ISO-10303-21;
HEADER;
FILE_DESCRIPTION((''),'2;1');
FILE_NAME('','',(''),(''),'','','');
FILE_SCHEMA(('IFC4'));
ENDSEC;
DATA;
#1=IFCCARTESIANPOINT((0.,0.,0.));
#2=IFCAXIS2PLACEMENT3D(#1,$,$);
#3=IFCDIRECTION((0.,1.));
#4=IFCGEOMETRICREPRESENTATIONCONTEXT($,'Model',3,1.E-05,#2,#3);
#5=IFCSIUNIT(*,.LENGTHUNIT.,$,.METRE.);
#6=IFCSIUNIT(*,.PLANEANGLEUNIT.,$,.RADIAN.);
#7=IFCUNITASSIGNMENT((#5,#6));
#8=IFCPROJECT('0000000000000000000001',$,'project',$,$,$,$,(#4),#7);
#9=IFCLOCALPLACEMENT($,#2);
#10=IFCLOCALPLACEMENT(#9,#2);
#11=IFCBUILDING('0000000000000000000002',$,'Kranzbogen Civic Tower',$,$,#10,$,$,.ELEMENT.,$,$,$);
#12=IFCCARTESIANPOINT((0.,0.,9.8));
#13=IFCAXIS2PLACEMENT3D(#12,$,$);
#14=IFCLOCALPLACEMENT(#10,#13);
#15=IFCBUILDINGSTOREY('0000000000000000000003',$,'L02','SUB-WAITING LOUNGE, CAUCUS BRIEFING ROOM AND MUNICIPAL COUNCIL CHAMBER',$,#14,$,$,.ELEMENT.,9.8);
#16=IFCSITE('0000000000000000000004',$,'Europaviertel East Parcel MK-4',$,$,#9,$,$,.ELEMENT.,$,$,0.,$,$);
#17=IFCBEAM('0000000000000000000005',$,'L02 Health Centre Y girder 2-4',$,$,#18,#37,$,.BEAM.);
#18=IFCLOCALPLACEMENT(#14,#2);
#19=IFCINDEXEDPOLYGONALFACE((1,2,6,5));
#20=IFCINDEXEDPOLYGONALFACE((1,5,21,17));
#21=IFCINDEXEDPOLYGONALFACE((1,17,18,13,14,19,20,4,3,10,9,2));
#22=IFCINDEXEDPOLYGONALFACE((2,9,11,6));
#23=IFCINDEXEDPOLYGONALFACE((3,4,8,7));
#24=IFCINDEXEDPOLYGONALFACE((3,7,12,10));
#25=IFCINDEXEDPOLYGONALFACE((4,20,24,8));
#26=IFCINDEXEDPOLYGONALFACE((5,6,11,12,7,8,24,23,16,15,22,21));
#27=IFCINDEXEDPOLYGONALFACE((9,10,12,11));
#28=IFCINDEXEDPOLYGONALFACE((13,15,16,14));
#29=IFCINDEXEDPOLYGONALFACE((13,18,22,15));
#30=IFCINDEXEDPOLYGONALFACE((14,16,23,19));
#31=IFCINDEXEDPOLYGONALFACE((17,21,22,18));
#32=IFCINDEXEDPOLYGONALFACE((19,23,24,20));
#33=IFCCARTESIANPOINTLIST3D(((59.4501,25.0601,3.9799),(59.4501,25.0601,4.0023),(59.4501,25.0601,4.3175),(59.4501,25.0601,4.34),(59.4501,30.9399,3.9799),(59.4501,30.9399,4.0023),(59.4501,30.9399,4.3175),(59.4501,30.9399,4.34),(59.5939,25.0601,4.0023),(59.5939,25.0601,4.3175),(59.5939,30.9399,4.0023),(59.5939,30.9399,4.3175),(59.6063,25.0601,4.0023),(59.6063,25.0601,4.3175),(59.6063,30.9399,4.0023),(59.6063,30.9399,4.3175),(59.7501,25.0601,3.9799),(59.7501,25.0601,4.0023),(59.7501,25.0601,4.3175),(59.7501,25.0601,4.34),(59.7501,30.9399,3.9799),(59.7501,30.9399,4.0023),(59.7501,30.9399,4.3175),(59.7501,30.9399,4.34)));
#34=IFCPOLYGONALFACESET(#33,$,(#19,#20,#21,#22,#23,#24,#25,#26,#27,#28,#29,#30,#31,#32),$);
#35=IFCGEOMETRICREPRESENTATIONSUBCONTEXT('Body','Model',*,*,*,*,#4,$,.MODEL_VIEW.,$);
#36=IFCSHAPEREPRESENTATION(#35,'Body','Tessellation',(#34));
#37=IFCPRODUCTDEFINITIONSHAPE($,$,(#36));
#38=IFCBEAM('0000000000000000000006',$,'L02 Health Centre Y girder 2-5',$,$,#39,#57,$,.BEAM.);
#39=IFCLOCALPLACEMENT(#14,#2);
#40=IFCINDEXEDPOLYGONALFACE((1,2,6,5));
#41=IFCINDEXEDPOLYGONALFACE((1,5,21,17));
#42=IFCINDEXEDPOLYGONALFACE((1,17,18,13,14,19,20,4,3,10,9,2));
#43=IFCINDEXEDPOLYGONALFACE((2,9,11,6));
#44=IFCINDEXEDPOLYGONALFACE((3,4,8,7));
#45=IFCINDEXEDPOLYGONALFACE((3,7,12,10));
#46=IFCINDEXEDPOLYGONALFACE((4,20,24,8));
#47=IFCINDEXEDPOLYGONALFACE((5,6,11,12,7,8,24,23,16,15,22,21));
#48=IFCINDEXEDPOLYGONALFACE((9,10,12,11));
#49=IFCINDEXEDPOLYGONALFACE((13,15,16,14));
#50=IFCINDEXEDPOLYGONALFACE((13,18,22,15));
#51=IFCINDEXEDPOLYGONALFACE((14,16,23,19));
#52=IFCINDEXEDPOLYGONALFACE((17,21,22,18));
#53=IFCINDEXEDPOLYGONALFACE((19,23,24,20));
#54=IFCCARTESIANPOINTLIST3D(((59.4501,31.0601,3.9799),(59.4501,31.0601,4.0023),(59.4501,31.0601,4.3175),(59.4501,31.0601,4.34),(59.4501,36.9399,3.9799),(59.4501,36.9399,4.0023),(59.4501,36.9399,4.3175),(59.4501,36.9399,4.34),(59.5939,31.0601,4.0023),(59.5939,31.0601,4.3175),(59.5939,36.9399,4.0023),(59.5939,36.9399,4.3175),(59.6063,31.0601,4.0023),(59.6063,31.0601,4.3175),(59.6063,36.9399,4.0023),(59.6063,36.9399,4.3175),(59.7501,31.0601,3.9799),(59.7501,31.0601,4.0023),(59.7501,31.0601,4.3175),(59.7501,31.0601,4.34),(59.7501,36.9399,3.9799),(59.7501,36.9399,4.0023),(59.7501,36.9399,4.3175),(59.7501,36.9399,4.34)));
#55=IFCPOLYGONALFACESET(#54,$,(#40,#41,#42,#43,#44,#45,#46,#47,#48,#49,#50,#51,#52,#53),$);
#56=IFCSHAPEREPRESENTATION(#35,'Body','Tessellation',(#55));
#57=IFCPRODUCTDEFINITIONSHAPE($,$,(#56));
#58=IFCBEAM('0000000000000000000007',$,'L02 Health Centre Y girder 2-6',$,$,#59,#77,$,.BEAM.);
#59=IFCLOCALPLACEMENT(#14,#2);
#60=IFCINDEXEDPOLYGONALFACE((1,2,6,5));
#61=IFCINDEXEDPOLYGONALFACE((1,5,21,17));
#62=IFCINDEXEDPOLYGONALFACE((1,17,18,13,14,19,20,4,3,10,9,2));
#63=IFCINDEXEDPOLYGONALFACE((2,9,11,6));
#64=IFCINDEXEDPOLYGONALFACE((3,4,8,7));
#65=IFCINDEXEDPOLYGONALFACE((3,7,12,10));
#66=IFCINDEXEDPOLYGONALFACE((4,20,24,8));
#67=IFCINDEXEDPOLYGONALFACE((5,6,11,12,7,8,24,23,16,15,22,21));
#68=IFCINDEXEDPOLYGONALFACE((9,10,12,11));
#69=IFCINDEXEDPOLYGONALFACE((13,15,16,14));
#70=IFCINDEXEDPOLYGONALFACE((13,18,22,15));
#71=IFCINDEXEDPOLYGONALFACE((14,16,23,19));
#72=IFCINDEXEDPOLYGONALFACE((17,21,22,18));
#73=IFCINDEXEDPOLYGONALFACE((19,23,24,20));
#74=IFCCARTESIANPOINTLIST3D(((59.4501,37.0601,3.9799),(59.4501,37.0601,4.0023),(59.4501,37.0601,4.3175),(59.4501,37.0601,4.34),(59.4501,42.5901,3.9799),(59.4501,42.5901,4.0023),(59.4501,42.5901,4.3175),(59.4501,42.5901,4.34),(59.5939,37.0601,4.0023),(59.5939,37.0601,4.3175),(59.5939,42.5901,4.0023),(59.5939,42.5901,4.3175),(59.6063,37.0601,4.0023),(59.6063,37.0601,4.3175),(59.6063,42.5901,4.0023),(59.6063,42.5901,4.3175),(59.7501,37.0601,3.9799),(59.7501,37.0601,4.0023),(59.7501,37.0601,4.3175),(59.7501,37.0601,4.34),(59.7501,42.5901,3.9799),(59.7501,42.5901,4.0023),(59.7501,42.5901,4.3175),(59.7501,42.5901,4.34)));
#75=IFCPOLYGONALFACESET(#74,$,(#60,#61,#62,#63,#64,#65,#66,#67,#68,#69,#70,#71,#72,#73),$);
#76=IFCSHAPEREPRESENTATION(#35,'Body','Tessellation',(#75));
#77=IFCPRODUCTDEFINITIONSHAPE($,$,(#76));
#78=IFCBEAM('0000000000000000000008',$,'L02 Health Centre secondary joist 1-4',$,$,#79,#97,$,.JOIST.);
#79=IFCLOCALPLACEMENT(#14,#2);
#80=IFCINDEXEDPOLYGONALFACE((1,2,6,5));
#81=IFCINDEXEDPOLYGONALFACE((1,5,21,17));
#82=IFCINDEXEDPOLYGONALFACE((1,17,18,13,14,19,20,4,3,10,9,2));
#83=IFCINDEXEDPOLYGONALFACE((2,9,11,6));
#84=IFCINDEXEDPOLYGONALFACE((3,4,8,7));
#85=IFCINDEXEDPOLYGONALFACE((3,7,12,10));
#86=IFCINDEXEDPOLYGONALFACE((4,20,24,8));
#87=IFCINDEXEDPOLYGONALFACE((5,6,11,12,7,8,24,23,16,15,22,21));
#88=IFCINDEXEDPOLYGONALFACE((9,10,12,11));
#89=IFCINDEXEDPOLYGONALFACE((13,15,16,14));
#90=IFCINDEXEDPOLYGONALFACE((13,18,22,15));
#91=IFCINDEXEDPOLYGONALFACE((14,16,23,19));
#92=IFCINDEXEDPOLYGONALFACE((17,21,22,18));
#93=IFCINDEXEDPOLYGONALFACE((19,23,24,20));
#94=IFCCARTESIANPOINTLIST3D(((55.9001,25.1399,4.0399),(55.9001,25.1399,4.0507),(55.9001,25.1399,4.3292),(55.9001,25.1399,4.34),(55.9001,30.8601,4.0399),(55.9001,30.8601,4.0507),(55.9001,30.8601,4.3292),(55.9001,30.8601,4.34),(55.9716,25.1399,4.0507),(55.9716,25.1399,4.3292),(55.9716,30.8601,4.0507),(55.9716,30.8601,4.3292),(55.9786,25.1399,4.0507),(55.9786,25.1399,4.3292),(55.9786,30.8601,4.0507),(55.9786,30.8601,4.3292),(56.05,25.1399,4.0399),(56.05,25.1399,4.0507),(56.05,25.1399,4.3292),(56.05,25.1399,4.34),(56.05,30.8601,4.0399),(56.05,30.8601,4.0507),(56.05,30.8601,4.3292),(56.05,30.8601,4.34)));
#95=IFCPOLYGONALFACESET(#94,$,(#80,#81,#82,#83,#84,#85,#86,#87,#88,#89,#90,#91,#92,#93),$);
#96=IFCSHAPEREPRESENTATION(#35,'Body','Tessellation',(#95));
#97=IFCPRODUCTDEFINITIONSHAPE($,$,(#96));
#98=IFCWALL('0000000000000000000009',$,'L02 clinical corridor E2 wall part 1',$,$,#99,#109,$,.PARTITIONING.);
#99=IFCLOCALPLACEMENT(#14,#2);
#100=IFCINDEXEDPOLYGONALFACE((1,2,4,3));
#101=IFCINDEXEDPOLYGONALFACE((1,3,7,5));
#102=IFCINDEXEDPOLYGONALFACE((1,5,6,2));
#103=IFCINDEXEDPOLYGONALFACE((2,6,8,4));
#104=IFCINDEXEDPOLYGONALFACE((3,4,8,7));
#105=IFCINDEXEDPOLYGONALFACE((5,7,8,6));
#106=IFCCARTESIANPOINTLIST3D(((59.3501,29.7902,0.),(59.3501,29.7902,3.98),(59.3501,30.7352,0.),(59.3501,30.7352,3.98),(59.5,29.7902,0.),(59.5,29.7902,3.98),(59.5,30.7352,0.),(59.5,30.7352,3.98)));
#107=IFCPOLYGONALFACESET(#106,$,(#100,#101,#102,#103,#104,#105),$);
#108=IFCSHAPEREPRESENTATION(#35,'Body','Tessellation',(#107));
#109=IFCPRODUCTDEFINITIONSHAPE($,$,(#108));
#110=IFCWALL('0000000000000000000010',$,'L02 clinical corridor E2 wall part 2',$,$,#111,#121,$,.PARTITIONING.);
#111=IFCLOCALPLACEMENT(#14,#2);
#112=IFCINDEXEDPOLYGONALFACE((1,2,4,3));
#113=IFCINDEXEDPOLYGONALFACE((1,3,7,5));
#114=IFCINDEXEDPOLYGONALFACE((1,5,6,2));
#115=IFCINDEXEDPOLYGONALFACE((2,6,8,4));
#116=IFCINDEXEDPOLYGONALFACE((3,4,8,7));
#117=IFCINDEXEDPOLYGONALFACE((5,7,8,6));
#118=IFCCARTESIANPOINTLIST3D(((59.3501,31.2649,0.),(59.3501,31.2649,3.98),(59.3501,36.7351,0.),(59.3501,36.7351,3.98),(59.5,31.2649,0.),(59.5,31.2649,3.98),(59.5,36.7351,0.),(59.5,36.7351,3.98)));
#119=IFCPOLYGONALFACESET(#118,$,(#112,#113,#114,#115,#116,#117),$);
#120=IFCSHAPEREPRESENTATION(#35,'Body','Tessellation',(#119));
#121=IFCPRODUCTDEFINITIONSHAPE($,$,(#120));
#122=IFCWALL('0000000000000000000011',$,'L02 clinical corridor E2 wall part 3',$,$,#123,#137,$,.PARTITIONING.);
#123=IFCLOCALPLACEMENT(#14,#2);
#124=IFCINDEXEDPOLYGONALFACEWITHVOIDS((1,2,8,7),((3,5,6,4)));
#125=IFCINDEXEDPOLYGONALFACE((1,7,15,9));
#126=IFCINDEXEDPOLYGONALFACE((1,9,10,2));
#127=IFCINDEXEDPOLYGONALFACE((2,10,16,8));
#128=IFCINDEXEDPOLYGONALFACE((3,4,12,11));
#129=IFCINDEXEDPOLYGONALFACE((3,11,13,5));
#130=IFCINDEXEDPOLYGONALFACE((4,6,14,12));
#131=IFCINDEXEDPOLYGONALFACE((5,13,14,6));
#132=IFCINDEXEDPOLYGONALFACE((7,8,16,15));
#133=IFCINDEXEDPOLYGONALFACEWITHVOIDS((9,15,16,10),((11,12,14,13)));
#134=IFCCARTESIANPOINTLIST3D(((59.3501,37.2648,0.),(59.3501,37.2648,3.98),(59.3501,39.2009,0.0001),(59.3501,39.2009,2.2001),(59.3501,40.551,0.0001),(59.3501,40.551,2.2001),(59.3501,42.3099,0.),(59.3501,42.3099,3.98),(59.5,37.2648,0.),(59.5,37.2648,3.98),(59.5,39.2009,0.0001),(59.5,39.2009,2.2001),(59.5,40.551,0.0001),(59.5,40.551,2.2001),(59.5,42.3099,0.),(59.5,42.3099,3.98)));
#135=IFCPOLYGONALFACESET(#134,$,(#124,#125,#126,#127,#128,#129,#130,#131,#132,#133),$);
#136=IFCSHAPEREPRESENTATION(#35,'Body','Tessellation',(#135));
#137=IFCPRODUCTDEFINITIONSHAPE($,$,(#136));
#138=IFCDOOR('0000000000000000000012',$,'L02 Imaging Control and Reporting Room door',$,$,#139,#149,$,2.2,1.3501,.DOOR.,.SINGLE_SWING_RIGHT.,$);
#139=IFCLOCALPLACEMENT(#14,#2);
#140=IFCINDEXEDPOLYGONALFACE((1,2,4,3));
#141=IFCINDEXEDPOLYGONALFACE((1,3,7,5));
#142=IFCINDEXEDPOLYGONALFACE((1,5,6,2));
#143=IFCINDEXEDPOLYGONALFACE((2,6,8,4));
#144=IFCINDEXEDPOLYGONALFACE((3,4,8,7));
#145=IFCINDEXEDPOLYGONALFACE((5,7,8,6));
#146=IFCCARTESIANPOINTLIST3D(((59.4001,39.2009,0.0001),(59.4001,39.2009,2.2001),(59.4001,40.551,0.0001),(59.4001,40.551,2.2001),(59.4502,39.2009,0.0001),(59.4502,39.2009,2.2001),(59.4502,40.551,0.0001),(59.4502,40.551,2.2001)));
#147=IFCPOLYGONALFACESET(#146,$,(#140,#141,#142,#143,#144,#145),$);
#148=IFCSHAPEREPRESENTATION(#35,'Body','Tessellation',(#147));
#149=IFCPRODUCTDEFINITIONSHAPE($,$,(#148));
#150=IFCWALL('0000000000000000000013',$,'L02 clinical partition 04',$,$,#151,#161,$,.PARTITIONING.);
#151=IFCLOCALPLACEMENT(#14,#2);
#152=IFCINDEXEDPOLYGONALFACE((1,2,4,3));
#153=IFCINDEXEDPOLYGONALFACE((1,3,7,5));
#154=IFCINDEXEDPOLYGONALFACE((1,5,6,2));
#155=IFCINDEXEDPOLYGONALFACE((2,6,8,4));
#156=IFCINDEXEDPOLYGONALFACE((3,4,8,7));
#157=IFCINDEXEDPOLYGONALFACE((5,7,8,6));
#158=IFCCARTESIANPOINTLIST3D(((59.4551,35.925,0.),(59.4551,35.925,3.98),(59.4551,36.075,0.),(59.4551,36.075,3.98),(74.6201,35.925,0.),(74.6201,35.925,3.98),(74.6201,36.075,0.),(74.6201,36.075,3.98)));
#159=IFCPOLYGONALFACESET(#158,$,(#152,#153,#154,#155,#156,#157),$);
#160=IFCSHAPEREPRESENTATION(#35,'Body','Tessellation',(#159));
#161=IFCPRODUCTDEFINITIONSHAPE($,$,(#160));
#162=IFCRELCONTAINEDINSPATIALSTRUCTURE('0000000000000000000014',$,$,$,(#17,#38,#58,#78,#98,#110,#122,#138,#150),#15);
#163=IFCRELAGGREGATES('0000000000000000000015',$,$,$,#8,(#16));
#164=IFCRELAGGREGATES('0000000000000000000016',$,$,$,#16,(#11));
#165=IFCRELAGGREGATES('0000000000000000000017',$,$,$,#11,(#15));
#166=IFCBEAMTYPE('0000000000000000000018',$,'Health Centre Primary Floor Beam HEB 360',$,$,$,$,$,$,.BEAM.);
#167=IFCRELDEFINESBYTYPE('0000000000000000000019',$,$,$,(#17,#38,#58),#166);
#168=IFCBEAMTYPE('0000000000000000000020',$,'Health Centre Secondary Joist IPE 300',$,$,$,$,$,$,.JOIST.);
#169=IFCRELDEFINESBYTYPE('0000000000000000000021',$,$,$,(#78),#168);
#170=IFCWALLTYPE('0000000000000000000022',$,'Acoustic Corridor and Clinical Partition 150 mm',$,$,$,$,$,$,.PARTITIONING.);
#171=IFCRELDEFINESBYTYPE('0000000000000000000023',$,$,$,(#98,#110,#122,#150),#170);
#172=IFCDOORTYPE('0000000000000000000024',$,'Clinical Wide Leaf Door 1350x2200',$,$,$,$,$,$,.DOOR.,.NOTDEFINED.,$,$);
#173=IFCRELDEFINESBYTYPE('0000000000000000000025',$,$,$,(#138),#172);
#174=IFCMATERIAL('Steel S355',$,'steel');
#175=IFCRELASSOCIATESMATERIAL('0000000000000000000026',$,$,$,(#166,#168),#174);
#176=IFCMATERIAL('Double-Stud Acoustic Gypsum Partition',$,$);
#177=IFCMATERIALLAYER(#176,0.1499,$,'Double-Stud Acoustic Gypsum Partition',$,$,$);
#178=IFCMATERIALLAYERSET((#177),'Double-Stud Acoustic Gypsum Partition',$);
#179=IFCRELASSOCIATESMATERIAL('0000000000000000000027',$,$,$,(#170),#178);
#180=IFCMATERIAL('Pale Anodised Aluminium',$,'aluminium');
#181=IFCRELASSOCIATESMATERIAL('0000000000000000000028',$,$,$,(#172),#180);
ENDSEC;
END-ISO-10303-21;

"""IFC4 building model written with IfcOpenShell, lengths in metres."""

from ifc_helpers import new_model, si_unit, direction, frame, frame_2d, origin, origin_2d, place, context, subcontext, project, spatial, rectangle, i_section, extrude, material, layer, layer_set, material_profile, profile_set, type_object, element, fill, save


model = new_model("IFC4")

# Units and contexts
model_context = context("Model", 3, precision=1e-05, world=origin(), true_north=direction((0.0, 1.0)))
body_context = subcontext(model_context, "Body", "Model", "MODEL_VIEW")
ifc_project = project(units=[si_unit("LENGTHUNIT", "METRE"), si_unit("PLANEANGLEUNIT", "RADIAN")], contexts=[model_context])

# Site, building, storey
site_placement = place(None, origin())
site = spatial("IfcSite", under=ifc_project, at=site_placement, Name="Europaviertel East Parcel MK-4", CompositionType="ELEMENT", RefElevation=0.0)
building_placement = place(site_placement, origin())
building = spatial("IfcBuilding", under=site, at=building_placement, Name="Kranzbogen Civic Tower", CompositionType="ELEMENT")
storey_placement = place(building_placement, frame((0.0, 0.0, 9.8)))
storey = spatial("IfcBuildingStorey", under=building, at=storey_placement, Name="L02", Description="SUB-WAITING LOUNGE, CAUCUS BRIEFING ROOM AND MUNICIPAL COUNCIL CHAMBER", CompositionType="ELEMENT", Elevation=9.8)

# Shared definitions
ifc_material_1 = material(Name="Steel S355", Category="steel")

# Beams
ifc_material_profile_1 = material_profile(ifc_material_1, i_section(OverallWidth=0.3, OverallDepth=0.3601, WebThickness=0.0125, FlangeThickness=0.0225, at=origin_2d()), Name="HEB 360")
ifc_profile_set_1 = profile_set([ifc_material_profile_1], Name="Steel S355")
beam_type_1 = type_object("IfcBeamType", Name="Health Centre Primary Floor Beam HEB 360", PredefinedType="BEAM", material=ifc_profile_set_1)
for number, where, z_axis, x_axis, name in (
    (1, (59.6001, 25.0601, 4.1599), (0.0, 1.0, 0.0), (-1.0, 0.0, 0.0), "L02 Health Centre Y girder 2-4"),
    (2, (59.6001, 31.0601, 4.1599), (0.0, 1.0, 0.0), (-1.0, 0.0, 0.0), "L02 Health Centre Y girder 2-5"),
):
    element("IfcBeam", number, at=place(storey_placement, frame(where, z_axis=z_axis, x_axis=x_axis)), inside=storey, type_object=beam_type_1, Name=name, PredefinedType="BEAM", context=body_context, shape_type="SweptSolid", body=[
        extrude(i_section(OverallWidth=0.3, OverallDepth=0.3601, WebThickness=0.0125, FlangeThickness=0.0225, at=origin_2d()), origin(), (0.0, 0.0, 1.0), 5.8799),
    ])
beam_1_placement = place(storey_placement, frame((59.6001, 37.0601, 4.1599), z_axis=(0.0, 1.0, 0.0), x_axis=(-1.0, 0.0, 0.0)))
element("IfcBeam", 3, at=beam_1_placement, inside=storey, type_object=beam_type_1, Name="L02 Health Centre Y girder 2-6", PredefinedType="BEAM", context=body_context, shape_type="SweptSolid", body=[
    extrude(i_section(OverallWidth=0.3, OverallDepth=0.3601, WebThickness=0.0125, FlangeThickness=0.0225, at=origin_2d()), origin(), (0.0, 0.0, 1.0), 5.53),
])
ifc_material_profile_2 = material_profile(ifc_material_1, i_section(OverallWidth=0.1499, OverallDepth=0.3, WebThickness=0.0071, FlangeThickness=0.0107, at=origin_2d()), Name="IPE 300")
ifc_profile_set_2 = profile_set([ifc_material_profile_2], Name="Steel S355")
beam_type_2 = type_object("IfcBeamType", Name="Health Centre Secondary Joist IPE 300", PredefinedType="JOIST", material=ifc_profile_set_2)
beam_2_placement = place(storey_placement, frame((55.9751, 25.1399, 4.1899), z_axis=(0.0, 1.0, 0.0), x_axis=(-1.0, 0.0, 0.0)))
element("IfcBeam", 4, at=beam_2_placement, inside=storey, type_object=beam_type_2, Name="L02 Health Centre secondary joist 1-4", PredefinedType="JOIST", context=body_context, shape_type="SweptSolid", body=[
    extrude(i_section(OverallWidth=0.1499, OverallDepth=0.3, WebThickness=0.0071, FlangeThickness=0.0107, at=origin_2d()), origin(), (0.0, 0.0, 1.0), 5.7202),
])

# Walls
ifc_material_2 = material(Name="Double-Stud Acoustic Gypsum Partition")
ifc_layer_1 = layer(ifc_material_2, 0.1499, Name="Double-Stud Acoustic Gypsum Partition")
ifc_layer_set_1 = layer_set([ifc_layer_1], Name="Double-Stud Acoustic Gypsum Partition")
wall_type_1 = type_object("IfcWallType", Name="Acoustic Corridor and Clinical Partition 150 mm", PredefinedType="PARTITIONING", material=ifc_layer_set_1)
wall_1_placement = place(storey_placement, frame((59.425, 29.79, 0.0), z_axis=(0.0, 0.0, 1.0), x_axis=(0.0, 1.0, 0.0)))
element("IfcWall", 5, at=wall_1_placement, inside=storey, type_object=wall_type_1, Name="L02 clinical corridor E2 wall part 1", PredefinedType="PARTITIONING", context=body_context, shape_type="SweptSolid", body=[
    extrude(rectangle(XDim=0.9451, YDim=0.1499, at=frame_2d((0.4727, 0.0))), origin(), (0.0, 0.0, 1.0), 3.98),
])
wall_2_placement = place(storey_placement, frame((59.425, 31.2649, 0.0), z_axis=(0.0, 0.0, 1.0), x_axis=(0.0, 1.0, 0.0)))
element("IfcWall", 6, at=wall_2_placement, inside=storey, type_object=wall_type_1, Name="L02 clinical corridor E2 wall part 2", PredefinedType="PARTITIONING", context=body_context, shape_type="SweptSolid", body=[
    extrude(rectangle(XDim=5.4702, YDim=0.1499, at=frame_2d((2.7351, 0.0))), origin(), (0.0, 0.0, 1.0), 3.98),
])

# Wall, opening, door
wall_3_placement = place(storey_placement, frame((59.425, 37.2649, 0.0), z_axis=(0.0, 0.0, 1.0), x_axis=(0.0, 1.0, 0.0)))
wall_3 = element("IfcWall", 7, at=wall_3_placement, inside=storey, type_object=wall_type_1, Name="L02 clinical corridor E2 wall part 3", PredefinedType="PARTITIONING", context=body_context, shape_type="SweptSolid", body=[
    extrude(rectangle(XDim=5.0452, YDim=0.1499, at=frame_2d((2.5225, 0.0))), origin(), (0.0, 0.0, 1.0), 3.98),
])
opening_1_placement = place(wall_3_placement, frame((1.936, 0.0, 0.0)))
opening_1 = element("IfcOpeningElement", 8, at=opening_1_placement, cuts=wall_3, PredefinedType="OPENING", context=body_context, shape_type="SweptSolid", body=[
    extrude(rectangle(XDim=1.3501, YDim=2.2, at=frame_2d((0.675, 1.1001))), frame((0.0, 0.085, 0.0), z_axis=(0.0, -1.0, 0.0), x_axis=(1.0, 0.0, 0.0)), (0.0, 0.0, 1.0), 0.1699),
])
ifc_material_3 = material(Name="Pale Anodised Aluminium", Category="aluminium")
door_type_1 = type_object("IfcDoorType", Name="Clinical Wide Leaf Door 1350x2200", OperationType="NOTDEFINED", PredefinedType="DOOR", material=ifc_material_3)
door_1_placement = place(opening_1_placement, origin())
door_1 = element("IfcDoor", 9, at=door_1_placement, inside=storey, type_object=door_type_1, Name="L02 Imaging Control and Reporting Room door", OperationType="SINGLE_SWING_RIGHT", OverallHeight=2.2, OverallWidth=1.3501, PredefinedType="DOOR", context=body_context, shape_type="SweptSolid", body=[
    extrude(rectangle(XDim=1.3501, YDim=2.2, at=frame_2d((0.675, 1.1001))), frame((0.0, 0.0249, 0.0), z_axis=(0.0, -1.0, 0.0), x_axis=(1.0, 0.0, 0.0)), (0.0, 0.0, 1.0), 0.05),
])
fill(opening_1, door_1)

# Wall
wall_4_placement = place(storey_placement, frame((59.4551, 36.0, 0.0), z_axis=(0.0, 0.0, 1.0), x_axis=(1.0, 0.0, 0.0)))
element("IfcWall", 10, at=wall_4_placement, inside=storey, type_object=wall_type_1, Name="L02 clinical partition 04", PredefinedType="PARTITIONING", context=body_context, shape_type="SweptSolid", body=[
    extrude(rectangle(XDim=15.165, YDim=0.1499, at=frame_2d((7.5825, 0.0))), origin(), (0.0, 0.0, 1.0), 3.98),
])

save(model, "model.ifc")
